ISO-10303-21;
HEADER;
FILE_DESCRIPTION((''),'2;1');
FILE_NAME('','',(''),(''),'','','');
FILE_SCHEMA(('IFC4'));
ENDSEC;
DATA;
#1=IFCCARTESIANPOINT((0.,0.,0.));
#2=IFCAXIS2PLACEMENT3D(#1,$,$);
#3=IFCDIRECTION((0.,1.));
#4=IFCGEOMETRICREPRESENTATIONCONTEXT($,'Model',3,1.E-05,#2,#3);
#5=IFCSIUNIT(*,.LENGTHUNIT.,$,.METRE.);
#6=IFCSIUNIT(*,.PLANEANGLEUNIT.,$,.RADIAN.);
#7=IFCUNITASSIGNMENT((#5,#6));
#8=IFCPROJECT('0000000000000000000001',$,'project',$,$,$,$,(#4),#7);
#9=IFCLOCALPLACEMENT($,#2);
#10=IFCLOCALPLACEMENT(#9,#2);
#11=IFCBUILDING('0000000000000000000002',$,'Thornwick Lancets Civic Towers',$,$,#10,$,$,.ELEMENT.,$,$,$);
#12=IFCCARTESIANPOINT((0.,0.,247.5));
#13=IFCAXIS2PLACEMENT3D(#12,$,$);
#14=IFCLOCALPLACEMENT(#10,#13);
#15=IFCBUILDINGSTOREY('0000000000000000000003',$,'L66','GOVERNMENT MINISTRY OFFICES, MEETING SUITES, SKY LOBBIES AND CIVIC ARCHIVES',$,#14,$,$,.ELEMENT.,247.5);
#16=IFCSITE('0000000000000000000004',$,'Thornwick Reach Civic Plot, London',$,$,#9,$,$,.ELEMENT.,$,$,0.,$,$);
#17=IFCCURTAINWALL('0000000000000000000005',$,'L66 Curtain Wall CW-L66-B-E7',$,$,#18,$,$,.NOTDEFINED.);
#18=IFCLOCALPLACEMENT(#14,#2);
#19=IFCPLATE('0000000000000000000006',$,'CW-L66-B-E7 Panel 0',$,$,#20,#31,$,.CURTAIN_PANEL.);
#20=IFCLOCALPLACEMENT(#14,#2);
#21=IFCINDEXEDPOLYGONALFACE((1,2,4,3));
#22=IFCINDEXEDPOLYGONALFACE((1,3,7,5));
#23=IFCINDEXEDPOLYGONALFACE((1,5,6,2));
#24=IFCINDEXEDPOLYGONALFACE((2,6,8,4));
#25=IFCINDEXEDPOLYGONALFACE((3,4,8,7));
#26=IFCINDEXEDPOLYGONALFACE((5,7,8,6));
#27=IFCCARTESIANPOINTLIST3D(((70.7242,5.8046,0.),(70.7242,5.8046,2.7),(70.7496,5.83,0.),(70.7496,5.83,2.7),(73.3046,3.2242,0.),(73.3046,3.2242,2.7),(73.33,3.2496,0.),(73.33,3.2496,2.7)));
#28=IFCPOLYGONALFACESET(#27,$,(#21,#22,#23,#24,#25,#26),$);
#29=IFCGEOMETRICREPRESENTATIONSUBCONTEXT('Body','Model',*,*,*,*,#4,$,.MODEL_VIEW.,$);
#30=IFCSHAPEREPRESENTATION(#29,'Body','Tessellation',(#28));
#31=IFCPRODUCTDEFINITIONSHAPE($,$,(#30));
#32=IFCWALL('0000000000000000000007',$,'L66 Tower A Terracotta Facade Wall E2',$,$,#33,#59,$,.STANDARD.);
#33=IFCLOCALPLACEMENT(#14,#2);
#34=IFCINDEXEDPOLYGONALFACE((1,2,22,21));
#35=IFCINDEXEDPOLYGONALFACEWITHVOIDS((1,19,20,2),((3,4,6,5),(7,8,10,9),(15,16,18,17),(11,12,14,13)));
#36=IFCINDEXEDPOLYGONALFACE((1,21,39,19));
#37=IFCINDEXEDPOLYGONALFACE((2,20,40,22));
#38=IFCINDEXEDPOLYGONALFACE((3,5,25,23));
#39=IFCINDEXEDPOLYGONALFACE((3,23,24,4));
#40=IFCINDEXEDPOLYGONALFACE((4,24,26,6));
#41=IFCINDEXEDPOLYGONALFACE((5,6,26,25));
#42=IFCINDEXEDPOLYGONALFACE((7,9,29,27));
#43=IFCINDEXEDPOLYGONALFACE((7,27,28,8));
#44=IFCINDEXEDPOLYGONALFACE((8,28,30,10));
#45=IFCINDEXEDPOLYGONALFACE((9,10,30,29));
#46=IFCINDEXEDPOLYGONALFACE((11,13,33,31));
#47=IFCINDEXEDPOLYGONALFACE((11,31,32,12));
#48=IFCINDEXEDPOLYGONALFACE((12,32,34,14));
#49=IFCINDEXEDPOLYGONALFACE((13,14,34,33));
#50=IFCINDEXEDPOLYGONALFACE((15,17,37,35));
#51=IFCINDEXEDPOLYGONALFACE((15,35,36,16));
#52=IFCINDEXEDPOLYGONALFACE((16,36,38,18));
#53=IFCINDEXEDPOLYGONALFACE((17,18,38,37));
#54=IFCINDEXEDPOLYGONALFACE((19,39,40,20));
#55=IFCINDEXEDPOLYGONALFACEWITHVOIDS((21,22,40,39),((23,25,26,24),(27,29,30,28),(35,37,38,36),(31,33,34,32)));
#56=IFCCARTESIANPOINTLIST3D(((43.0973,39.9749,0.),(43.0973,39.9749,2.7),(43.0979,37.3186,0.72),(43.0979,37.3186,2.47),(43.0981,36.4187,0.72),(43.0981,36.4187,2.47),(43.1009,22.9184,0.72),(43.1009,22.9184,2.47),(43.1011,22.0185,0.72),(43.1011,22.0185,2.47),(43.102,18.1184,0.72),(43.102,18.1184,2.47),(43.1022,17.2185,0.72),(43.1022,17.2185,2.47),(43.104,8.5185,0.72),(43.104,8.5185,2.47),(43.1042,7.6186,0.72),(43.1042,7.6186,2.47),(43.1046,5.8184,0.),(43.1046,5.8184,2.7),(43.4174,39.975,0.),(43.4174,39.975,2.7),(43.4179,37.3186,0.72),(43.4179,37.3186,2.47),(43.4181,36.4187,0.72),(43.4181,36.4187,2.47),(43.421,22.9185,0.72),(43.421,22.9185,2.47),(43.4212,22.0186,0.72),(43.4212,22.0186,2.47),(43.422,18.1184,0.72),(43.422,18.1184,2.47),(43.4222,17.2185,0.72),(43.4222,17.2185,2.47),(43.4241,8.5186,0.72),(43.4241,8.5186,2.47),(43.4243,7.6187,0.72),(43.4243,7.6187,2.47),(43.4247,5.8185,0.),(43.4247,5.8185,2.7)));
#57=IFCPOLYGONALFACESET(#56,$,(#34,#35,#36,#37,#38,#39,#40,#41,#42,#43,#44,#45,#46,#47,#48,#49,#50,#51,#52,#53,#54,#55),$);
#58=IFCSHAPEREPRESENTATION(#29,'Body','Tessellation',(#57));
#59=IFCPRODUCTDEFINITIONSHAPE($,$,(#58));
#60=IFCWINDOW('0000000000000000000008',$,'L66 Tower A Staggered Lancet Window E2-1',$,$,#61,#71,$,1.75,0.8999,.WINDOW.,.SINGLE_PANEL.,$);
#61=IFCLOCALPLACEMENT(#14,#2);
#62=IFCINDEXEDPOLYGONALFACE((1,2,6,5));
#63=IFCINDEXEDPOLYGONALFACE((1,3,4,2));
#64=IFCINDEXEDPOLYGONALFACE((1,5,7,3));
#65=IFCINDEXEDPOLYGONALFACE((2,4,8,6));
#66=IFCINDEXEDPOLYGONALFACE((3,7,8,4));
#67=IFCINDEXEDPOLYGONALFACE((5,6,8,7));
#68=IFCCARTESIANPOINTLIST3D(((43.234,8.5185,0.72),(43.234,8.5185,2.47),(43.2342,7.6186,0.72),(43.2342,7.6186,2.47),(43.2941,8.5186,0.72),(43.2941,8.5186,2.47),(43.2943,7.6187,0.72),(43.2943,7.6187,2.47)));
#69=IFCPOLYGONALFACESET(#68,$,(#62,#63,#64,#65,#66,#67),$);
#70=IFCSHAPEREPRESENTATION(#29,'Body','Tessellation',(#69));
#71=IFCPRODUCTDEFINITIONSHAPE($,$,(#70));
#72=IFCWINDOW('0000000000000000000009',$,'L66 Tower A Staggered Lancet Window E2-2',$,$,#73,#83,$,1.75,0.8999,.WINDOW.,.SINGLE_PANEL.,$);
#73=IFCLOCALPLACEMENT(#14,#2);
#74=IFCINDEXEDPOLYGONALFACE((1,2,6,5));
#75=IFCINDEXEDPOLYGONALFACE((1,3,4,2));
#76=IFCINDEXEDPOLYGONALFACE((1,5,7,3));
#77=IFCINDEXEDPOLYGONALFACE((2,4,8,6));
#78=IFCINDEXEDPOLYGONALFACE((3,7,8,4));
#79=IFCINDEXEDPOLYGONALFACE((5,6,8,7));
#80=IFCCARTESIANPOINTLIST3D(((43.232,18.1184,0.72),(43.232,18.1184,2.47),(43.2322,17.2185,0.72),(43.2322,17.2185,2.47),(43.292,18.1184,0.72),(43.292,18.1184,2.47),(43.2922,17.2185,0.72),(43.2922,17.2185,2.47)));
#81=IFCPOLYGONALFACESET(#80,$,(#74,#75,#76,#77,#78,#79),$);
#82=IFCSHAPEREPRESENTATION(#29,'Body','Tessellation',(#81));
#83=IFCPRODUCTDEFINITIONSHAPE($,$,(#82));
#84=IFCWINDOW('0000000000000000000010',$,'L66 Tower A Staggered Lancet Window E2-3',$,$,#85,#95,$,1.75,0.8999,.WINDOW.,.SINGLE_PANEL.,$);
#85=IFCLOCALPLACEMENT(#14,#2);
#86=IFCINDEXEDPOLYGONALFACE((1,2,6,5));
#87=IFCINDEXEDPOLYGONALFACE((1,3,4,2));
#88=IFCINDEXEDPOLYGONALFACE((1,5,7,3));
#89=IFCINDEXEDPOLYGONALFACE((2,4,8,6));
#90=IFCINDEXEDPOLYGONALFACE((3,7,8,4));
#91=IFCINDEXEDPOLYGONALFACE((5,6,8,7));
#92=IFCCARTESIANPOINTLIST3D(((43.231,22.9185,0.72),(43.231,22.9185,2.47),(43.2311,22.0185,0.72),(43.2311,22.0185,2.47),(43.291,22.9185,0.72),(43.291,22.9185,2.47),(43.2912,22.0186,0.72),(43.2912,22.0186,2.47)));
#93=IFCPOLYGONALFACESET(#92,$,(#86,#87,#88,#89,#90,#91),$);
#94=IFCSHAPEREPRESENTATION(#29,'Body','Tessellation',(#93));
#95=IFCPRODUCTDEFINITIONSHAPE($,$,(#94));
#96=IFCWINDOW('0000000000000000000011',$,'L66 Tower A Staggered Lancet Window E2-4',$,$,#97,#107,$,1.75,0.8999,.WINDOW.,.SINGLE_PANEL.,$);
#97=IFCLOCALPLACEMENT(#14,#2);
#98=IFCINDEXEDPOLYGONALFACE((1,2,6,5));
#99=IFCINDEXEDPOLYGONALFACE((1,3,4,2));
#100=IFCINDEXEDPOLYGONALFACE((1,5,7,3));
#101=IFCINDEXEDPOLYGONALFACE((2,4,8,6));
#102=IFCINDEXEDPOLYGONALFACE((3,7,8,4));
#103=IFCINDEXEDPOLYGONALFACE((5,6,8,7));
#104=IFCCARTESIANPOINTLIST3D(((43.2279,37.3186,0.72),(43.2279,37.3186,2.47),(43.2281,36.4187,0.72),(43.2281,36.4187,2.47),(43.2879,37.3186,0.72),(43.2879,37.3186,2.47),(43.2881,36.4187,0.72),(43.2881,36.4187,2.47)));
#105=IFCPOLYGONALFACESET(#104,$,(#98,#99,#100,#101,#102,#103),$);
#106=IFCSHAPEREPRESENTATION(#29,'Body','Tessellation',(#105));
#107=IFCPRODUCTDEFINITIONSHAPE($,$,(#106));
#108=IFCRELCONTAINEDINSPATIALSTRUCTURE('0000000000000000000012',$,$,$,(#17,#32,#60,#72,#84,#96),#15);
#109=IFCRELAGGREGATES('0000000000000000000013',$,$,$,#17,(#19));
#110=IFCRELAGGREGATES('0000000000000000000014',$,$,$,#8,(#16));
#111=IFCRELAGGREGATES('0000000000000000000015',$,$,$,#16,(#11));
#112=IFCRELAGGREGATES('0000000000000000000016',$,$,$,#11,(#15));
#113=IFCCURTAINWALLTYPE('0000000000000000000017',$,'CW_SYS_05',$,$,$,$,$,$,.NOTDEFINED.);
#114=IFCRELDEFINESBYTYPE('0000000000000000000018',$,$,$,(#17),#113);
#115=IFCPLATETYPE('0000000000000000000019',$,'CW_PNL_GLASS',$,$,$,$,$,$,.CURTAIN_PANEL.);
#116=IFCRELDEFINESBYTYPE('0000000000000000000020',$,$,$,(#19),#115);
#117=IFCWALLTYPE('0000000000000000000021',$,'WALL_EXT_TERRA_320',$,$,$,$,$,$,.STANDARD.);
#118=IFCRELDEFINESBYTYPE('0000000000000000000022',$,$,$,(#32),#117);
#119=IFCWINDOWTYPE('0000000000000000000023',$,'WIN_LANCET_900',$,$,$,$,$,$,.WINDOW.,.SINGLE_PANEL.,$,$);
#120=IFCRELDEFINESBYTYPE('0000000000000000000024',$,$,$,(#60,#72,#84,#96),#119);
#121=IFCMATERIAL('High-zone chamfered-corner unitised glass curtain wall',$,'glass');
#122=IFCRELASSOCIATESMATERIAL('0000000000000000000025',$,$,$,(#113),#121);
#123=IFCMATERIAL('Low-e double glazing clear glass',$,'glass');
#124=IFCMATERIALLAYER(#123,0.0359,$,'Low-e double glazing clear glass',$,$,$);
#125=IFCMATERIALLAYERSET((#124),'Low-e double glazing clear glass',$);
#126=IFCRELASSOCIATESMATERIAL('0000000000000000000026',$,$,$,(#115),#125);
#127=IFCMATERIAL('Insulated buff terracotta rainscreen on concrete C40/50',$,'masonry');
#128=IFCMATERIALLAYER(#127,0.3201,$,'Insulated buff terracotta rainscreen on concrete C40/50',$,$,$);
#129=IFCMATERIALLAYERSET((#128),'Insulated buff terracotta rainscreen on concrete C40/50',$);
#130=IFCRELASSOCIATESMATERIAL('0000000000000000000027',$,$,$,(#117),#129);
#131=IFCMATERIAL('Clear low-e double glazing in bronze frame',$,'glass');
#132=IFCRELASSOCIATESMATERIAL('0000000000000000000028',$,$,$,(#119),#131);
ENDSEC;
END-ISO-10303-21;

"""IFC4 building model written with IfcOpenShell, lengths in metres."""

from ifc_helpers import new_model, si_unit, direction, frame, frame_2d, origin, origin_2d, place, context, subcontext, project, spatial, rectangle, extrude, material, layer, layer_set, type_object, element, fill, aggregate, save


model = new_model("IFC4")

# Units and contexts
model_context = context("Model", 3, precision=1e-05, world=origin(), true_north=direction((0.0, 1.0)))
body_context = subcontext(model_context, "Body", "Model", "MODEL_VIEW")
ifc_project = project(units=[si_unit("LENGTHUNIT", "METRE"), si_unit("PLANEANGLEUNIT", "RADIAN")], contexts=[model_context])

# Site, building, storey
site_placement = place(None, origin())
site = spatial("IfcSite", under=ifc_project, at=site_placement, Name="Thornwick Reach Civic Plot, London", CompositionType="ELEMENT", RefElevation=0.0)
building_placement = place(site_placement, origin())
building = spatial("IfcBuilding", under=site, at=building_placement, Name="Thornwick Lancets Civic Towers", CompositionType="ELEMENT")
storey_placement = place(building_placement, frame((0.0, 0.0, 247.5)))
storey = spatial("IfcBuildingStorey", under=building, at=storey_placement, Name="L66", Description="GOVERNMENT MINISTRY OFFICES, MEETING SUITES, SKY LOBBIES AND CIVIC ARCHIVES", CompositionType="ELEMENT", Elevation=247.5)

# Shared definitions
ifc_material_1 = material(Name="High-zone chamfered-corner unitised glass curtain wall", Category="glass")
curtain_wall_type = type_object("IfcCurtainWallType", Name="CW_SYS_05", PredefinedType="NOTDEFINED", material=ifc_material_1)

# Curtain wall, plate
curtain_wall_1_placement = place(storey_placement, origin())
curtain_wall_1 = element("IfcCurtainWall", 1, at=curtain_wall_1_placement, inside=storey, type_object=curtain_wall_type, Name="L66 Curtain Wall CW-L66-B-E7", PredefinedType="NOTDEFINED")
ifc_material_2 = material(Name="Low-e double glazing clear glass", Category="glass")
ifc_layer_1 = layer(ifc_material_2, 0.0359, Name="Low-e double glazing clear glass")
ifc_layer_set_1 = layer_set([ifc_layer_1], Name="Low-e double glazing clear glass")
plate_type = type_object("IfcPlateType", Name="CW_PNL_GLASS", PredefinedType="CURTAIN_PANEL", material=ifc_layer_set_1)
plate_placement = place(storey_placement, frame((72.0271, 4.5271, 0.0), z_axis=(0.0, 0.0, 1.0), x_axis=(0.707107, -0.707107, 0.0)))
plate = element("IfcPlate", 2, at=plate_placement, type_object=plate_type, Name="CW-L66-B-E7 Panel 0", PredefinedType="CURTAIN_PANEL", context=body_context, shape_type="SweptSolid", body=[
    extrude(rectangle(XDim=3.6492, YDim=0.0359, at=origin_2d()), origin(), (0.0, 0.0, 1.0), 2.7),
])
aggregate(curtain_wall_1, [plate])

# Wall, openings, windows
ifc_material_3 = material(Name="Insulated buff terracotta rainscreen on concrete C40/50", Category="masonry")
ifc_layer_2 = layer(ifc_material_3, 0.3201, Name="Insulated buff terracotta rainscreen on concrete C40/50")
ifc_layer_set_2 = layer_set([ifc_layer_2], Name="Insulated buff terracotta rainscreen on concrete C40/50")
wall_type_1 = type_object("IfcWallType", Name="WALL_EXT_TERRA_320", PredefinedType="STANDARD", material=ifc_layer_set_2)
wall_1_placement = place(storey_placement, frame((43.2646, 5.8186, 0.0), z_axis=(0.0, 0.0, 1.0), x_axis=(-0.000214, 1.0, 0.0)))
wall_1 = element("IfcWall", 3, at=wall_1_placement, inside=storey, type_object=wall_type_1, Name="L66 Tower A Terracotta Facade Wall E2", PredefinedType="STANDARD", context=body_context, shape_type="SweptSolid", body=[
    extrude(rectangle(XDim=34.1565, YDim=0.3201, at=frame_2d((17.0781, 0.0))), origin(), (0.0, 0.0, 1.0), 2.7),
])
opening_1_placement = place(wall_1_placement, frame((1.8, 0.0, 0.72)))
opening_1 = element("IfcOpeningElement", 4, at=opening_1_placement, cuts=wall_1, PredefinedType="OPENING", context=body_context, shape_type="SweptSolid", body=[
    extrude(rectangle(XDim=0.8999, YDim=1.75, at=frame_2d((0.45, 0.875))), frame((0.0, 0.1699, 0.0), z_axis=(0.0, -1.0, 0.0), x_axis=(1.0, 0.0, 0.0)), (0.0, 0.0, 1.0), 0.3401),
])
opening_2_placement = place(wall_1_placement, frame((11.3999, 0.0, 0.72)))
opening_2 = element("IfcOpeningElement", 5, at=opening_2_placement, cuts=wall_1, PredefinedType="OPENING", context=body_context, shape_type="SweptSolid", body=[
    extrude(rectangle(XDim=0.8999, YDim=1.75, at=frame_2d((0.45, 0.875))), frame((0.0, 0.1699, 0.0), z_axis=(0.0, -1.0, 0.0), x_axis=(1.0, 0.0, 0.0)), (0.0, 0.0, 1.0), 0.3401),
])
opening_3_placement = place(wall_1_placement, frame((16.2, 0.0, 0.72)))
opening_3 = element("IfcOpeningElement", 6, at=opening_3_placement, cuts=wall_1, PredefinedType="OPENING", context=body_context, shape_type="SweptSolid", body=[
    extrude(rectangle(XDim=0.8999, YDim=1.75, at=frame_2d((0.45, 0.875))), frame((0.0, 0.1699, 0.0), z_axis=(0.0, -1.0, 0.0), x_axis=(1.0, 0.0, 0.0)), (0.0, 0.0, 1.0), 0.3401),
])
opening_4_placement = place(wall_1_placement, frame((30.6001, 0.0, 0.72)))
opening_4 = element("IfcOpeningElement", 7, at=opening_4_placement, cuts=wall_1, PredefinedType="OPENING", context=body_context, shape_type="SweptSolid", body=[
    extrude(rectangle(XDim=0.8999, YDim=1.75, at=frame_2d((0.45, 0.875))), frame((0.0, 0.1699, 0.0), z_axis=(0.0, -1.0, 0.0), x_axis=(1.0, 0.0, 0.0)), (0.0, 0.0, 1.0), 0.3401),
])
ifc_material_4 = material(Name="Clear low-e double glazing in bronze frame", Category="glass")
window_type = type_object("IfcWindowType", Name="WIN_LANCET_900", PartitioningType="SINGLE_PANEL", PredefinedType="WINDOW", material=ifc_material_4)
window_1_placement = place(opening_1_placement, origin())
window_1 = element("IfcWindow", 8, at=window_1_placement, inside=storey, type_object=window_type, Name="L66 Tower A Staggered Lancet Window E2-1", OverallHeight=1.75, OverallWidth=0.8999, PartitioningType="SINGLE_PANEL", PredefinedType="WINDOW", context=body_context, shape_type="SweptSolid", body=[
    extrude(rectangle(XDim=0.8999, YDim=1.75, at=frame_2d((0.45, 0.875))), frame((0.0, 0.03, 0.0), z_axis=(0.0, -1.0, 0.0), x_axis=(1.0, 0.0, 0.0)), (0.0, 0.0, 1.0), 0.0601),
])
fill(opening_1, window_1)
window_2_placement = place(opening_2_placement, origin())
window_2 = element("IfcWindow", 9, at=window_2_placement, inside=storey, type_object=window_type, Name="L66 Tower A Staggered Lancet Window E2-2", OverallHeight=1.75, OverallWidth=0.8999, PartitioningType="SINGLE_PANEL", PredefinedType="WINDOW", context=body_context, shape_type="SweptSolid", body=[
    extrude(rectangle(XDim=0.8999, YDim=1.75, at=frame_2d((0.45, 0.875))), frame((0.0, 0.03, 0.0), z_axis=(0.0, -1.0, 0.0), x_axis=(1.0, 0.0, 0.0)), (0.0, 0.0, 1.0), 0.0601),
])
fill(opening_2, window_2)
window_3_placement = place(opening_3_placement, origin())
window_3 = element("IfcWindow", 10, at=window_3_placement, inside=storey, type_object=window_type, Name="L66 Tower A Staggered Lancet Window E2-3", OverallHeight=1.75, OverallWidth=0.8999, PartitioningType="SINGLE_PANEL", PredefinedType="WINDOW", context=body_context, shape_type="SweptSolid", body=[
    extrude(rectangle(XDim=0.8999, YDim=1.75, at=frame_2d((0.45, 0.875))), frame((0.0, 0.03, 0.0), z_axis=(0.0, -1.0, 0.0), x_axis=(1.0, 0.0, 0.0)), (0.0, 0.0, 1.0), 0.0601),
])
fill(opening_3, window_3)
window_4_placement = place(opening_4_placement, origin())
window_4 = element("IfcWindow", 11, at=window_4_placement, inside=storey, type_object=window_type, Name="L66 Tower A Staggered Lancet Window E2-4", OverallHeight=1.75, OverallWidth=0.8999, PartitioningType="SINGLE_PANEL", PredefinedType="WINDOW", context=body_context, shape_type="SweptSolid", body=[
    extrude(rectangle(XDim=0.8999, YDim=1.75, at=frame_2d((0.45, 0.875))), frame((0.0, 0.03, 0.0), z_axis=(0.0, -1.0, 0.0), x_axis=(1.0, 0.0, 0.0)), (0.0, 0.0, 1.0), 0.0601),
])
fill(opening_4, window_4)

save(model, "model.ifc")
